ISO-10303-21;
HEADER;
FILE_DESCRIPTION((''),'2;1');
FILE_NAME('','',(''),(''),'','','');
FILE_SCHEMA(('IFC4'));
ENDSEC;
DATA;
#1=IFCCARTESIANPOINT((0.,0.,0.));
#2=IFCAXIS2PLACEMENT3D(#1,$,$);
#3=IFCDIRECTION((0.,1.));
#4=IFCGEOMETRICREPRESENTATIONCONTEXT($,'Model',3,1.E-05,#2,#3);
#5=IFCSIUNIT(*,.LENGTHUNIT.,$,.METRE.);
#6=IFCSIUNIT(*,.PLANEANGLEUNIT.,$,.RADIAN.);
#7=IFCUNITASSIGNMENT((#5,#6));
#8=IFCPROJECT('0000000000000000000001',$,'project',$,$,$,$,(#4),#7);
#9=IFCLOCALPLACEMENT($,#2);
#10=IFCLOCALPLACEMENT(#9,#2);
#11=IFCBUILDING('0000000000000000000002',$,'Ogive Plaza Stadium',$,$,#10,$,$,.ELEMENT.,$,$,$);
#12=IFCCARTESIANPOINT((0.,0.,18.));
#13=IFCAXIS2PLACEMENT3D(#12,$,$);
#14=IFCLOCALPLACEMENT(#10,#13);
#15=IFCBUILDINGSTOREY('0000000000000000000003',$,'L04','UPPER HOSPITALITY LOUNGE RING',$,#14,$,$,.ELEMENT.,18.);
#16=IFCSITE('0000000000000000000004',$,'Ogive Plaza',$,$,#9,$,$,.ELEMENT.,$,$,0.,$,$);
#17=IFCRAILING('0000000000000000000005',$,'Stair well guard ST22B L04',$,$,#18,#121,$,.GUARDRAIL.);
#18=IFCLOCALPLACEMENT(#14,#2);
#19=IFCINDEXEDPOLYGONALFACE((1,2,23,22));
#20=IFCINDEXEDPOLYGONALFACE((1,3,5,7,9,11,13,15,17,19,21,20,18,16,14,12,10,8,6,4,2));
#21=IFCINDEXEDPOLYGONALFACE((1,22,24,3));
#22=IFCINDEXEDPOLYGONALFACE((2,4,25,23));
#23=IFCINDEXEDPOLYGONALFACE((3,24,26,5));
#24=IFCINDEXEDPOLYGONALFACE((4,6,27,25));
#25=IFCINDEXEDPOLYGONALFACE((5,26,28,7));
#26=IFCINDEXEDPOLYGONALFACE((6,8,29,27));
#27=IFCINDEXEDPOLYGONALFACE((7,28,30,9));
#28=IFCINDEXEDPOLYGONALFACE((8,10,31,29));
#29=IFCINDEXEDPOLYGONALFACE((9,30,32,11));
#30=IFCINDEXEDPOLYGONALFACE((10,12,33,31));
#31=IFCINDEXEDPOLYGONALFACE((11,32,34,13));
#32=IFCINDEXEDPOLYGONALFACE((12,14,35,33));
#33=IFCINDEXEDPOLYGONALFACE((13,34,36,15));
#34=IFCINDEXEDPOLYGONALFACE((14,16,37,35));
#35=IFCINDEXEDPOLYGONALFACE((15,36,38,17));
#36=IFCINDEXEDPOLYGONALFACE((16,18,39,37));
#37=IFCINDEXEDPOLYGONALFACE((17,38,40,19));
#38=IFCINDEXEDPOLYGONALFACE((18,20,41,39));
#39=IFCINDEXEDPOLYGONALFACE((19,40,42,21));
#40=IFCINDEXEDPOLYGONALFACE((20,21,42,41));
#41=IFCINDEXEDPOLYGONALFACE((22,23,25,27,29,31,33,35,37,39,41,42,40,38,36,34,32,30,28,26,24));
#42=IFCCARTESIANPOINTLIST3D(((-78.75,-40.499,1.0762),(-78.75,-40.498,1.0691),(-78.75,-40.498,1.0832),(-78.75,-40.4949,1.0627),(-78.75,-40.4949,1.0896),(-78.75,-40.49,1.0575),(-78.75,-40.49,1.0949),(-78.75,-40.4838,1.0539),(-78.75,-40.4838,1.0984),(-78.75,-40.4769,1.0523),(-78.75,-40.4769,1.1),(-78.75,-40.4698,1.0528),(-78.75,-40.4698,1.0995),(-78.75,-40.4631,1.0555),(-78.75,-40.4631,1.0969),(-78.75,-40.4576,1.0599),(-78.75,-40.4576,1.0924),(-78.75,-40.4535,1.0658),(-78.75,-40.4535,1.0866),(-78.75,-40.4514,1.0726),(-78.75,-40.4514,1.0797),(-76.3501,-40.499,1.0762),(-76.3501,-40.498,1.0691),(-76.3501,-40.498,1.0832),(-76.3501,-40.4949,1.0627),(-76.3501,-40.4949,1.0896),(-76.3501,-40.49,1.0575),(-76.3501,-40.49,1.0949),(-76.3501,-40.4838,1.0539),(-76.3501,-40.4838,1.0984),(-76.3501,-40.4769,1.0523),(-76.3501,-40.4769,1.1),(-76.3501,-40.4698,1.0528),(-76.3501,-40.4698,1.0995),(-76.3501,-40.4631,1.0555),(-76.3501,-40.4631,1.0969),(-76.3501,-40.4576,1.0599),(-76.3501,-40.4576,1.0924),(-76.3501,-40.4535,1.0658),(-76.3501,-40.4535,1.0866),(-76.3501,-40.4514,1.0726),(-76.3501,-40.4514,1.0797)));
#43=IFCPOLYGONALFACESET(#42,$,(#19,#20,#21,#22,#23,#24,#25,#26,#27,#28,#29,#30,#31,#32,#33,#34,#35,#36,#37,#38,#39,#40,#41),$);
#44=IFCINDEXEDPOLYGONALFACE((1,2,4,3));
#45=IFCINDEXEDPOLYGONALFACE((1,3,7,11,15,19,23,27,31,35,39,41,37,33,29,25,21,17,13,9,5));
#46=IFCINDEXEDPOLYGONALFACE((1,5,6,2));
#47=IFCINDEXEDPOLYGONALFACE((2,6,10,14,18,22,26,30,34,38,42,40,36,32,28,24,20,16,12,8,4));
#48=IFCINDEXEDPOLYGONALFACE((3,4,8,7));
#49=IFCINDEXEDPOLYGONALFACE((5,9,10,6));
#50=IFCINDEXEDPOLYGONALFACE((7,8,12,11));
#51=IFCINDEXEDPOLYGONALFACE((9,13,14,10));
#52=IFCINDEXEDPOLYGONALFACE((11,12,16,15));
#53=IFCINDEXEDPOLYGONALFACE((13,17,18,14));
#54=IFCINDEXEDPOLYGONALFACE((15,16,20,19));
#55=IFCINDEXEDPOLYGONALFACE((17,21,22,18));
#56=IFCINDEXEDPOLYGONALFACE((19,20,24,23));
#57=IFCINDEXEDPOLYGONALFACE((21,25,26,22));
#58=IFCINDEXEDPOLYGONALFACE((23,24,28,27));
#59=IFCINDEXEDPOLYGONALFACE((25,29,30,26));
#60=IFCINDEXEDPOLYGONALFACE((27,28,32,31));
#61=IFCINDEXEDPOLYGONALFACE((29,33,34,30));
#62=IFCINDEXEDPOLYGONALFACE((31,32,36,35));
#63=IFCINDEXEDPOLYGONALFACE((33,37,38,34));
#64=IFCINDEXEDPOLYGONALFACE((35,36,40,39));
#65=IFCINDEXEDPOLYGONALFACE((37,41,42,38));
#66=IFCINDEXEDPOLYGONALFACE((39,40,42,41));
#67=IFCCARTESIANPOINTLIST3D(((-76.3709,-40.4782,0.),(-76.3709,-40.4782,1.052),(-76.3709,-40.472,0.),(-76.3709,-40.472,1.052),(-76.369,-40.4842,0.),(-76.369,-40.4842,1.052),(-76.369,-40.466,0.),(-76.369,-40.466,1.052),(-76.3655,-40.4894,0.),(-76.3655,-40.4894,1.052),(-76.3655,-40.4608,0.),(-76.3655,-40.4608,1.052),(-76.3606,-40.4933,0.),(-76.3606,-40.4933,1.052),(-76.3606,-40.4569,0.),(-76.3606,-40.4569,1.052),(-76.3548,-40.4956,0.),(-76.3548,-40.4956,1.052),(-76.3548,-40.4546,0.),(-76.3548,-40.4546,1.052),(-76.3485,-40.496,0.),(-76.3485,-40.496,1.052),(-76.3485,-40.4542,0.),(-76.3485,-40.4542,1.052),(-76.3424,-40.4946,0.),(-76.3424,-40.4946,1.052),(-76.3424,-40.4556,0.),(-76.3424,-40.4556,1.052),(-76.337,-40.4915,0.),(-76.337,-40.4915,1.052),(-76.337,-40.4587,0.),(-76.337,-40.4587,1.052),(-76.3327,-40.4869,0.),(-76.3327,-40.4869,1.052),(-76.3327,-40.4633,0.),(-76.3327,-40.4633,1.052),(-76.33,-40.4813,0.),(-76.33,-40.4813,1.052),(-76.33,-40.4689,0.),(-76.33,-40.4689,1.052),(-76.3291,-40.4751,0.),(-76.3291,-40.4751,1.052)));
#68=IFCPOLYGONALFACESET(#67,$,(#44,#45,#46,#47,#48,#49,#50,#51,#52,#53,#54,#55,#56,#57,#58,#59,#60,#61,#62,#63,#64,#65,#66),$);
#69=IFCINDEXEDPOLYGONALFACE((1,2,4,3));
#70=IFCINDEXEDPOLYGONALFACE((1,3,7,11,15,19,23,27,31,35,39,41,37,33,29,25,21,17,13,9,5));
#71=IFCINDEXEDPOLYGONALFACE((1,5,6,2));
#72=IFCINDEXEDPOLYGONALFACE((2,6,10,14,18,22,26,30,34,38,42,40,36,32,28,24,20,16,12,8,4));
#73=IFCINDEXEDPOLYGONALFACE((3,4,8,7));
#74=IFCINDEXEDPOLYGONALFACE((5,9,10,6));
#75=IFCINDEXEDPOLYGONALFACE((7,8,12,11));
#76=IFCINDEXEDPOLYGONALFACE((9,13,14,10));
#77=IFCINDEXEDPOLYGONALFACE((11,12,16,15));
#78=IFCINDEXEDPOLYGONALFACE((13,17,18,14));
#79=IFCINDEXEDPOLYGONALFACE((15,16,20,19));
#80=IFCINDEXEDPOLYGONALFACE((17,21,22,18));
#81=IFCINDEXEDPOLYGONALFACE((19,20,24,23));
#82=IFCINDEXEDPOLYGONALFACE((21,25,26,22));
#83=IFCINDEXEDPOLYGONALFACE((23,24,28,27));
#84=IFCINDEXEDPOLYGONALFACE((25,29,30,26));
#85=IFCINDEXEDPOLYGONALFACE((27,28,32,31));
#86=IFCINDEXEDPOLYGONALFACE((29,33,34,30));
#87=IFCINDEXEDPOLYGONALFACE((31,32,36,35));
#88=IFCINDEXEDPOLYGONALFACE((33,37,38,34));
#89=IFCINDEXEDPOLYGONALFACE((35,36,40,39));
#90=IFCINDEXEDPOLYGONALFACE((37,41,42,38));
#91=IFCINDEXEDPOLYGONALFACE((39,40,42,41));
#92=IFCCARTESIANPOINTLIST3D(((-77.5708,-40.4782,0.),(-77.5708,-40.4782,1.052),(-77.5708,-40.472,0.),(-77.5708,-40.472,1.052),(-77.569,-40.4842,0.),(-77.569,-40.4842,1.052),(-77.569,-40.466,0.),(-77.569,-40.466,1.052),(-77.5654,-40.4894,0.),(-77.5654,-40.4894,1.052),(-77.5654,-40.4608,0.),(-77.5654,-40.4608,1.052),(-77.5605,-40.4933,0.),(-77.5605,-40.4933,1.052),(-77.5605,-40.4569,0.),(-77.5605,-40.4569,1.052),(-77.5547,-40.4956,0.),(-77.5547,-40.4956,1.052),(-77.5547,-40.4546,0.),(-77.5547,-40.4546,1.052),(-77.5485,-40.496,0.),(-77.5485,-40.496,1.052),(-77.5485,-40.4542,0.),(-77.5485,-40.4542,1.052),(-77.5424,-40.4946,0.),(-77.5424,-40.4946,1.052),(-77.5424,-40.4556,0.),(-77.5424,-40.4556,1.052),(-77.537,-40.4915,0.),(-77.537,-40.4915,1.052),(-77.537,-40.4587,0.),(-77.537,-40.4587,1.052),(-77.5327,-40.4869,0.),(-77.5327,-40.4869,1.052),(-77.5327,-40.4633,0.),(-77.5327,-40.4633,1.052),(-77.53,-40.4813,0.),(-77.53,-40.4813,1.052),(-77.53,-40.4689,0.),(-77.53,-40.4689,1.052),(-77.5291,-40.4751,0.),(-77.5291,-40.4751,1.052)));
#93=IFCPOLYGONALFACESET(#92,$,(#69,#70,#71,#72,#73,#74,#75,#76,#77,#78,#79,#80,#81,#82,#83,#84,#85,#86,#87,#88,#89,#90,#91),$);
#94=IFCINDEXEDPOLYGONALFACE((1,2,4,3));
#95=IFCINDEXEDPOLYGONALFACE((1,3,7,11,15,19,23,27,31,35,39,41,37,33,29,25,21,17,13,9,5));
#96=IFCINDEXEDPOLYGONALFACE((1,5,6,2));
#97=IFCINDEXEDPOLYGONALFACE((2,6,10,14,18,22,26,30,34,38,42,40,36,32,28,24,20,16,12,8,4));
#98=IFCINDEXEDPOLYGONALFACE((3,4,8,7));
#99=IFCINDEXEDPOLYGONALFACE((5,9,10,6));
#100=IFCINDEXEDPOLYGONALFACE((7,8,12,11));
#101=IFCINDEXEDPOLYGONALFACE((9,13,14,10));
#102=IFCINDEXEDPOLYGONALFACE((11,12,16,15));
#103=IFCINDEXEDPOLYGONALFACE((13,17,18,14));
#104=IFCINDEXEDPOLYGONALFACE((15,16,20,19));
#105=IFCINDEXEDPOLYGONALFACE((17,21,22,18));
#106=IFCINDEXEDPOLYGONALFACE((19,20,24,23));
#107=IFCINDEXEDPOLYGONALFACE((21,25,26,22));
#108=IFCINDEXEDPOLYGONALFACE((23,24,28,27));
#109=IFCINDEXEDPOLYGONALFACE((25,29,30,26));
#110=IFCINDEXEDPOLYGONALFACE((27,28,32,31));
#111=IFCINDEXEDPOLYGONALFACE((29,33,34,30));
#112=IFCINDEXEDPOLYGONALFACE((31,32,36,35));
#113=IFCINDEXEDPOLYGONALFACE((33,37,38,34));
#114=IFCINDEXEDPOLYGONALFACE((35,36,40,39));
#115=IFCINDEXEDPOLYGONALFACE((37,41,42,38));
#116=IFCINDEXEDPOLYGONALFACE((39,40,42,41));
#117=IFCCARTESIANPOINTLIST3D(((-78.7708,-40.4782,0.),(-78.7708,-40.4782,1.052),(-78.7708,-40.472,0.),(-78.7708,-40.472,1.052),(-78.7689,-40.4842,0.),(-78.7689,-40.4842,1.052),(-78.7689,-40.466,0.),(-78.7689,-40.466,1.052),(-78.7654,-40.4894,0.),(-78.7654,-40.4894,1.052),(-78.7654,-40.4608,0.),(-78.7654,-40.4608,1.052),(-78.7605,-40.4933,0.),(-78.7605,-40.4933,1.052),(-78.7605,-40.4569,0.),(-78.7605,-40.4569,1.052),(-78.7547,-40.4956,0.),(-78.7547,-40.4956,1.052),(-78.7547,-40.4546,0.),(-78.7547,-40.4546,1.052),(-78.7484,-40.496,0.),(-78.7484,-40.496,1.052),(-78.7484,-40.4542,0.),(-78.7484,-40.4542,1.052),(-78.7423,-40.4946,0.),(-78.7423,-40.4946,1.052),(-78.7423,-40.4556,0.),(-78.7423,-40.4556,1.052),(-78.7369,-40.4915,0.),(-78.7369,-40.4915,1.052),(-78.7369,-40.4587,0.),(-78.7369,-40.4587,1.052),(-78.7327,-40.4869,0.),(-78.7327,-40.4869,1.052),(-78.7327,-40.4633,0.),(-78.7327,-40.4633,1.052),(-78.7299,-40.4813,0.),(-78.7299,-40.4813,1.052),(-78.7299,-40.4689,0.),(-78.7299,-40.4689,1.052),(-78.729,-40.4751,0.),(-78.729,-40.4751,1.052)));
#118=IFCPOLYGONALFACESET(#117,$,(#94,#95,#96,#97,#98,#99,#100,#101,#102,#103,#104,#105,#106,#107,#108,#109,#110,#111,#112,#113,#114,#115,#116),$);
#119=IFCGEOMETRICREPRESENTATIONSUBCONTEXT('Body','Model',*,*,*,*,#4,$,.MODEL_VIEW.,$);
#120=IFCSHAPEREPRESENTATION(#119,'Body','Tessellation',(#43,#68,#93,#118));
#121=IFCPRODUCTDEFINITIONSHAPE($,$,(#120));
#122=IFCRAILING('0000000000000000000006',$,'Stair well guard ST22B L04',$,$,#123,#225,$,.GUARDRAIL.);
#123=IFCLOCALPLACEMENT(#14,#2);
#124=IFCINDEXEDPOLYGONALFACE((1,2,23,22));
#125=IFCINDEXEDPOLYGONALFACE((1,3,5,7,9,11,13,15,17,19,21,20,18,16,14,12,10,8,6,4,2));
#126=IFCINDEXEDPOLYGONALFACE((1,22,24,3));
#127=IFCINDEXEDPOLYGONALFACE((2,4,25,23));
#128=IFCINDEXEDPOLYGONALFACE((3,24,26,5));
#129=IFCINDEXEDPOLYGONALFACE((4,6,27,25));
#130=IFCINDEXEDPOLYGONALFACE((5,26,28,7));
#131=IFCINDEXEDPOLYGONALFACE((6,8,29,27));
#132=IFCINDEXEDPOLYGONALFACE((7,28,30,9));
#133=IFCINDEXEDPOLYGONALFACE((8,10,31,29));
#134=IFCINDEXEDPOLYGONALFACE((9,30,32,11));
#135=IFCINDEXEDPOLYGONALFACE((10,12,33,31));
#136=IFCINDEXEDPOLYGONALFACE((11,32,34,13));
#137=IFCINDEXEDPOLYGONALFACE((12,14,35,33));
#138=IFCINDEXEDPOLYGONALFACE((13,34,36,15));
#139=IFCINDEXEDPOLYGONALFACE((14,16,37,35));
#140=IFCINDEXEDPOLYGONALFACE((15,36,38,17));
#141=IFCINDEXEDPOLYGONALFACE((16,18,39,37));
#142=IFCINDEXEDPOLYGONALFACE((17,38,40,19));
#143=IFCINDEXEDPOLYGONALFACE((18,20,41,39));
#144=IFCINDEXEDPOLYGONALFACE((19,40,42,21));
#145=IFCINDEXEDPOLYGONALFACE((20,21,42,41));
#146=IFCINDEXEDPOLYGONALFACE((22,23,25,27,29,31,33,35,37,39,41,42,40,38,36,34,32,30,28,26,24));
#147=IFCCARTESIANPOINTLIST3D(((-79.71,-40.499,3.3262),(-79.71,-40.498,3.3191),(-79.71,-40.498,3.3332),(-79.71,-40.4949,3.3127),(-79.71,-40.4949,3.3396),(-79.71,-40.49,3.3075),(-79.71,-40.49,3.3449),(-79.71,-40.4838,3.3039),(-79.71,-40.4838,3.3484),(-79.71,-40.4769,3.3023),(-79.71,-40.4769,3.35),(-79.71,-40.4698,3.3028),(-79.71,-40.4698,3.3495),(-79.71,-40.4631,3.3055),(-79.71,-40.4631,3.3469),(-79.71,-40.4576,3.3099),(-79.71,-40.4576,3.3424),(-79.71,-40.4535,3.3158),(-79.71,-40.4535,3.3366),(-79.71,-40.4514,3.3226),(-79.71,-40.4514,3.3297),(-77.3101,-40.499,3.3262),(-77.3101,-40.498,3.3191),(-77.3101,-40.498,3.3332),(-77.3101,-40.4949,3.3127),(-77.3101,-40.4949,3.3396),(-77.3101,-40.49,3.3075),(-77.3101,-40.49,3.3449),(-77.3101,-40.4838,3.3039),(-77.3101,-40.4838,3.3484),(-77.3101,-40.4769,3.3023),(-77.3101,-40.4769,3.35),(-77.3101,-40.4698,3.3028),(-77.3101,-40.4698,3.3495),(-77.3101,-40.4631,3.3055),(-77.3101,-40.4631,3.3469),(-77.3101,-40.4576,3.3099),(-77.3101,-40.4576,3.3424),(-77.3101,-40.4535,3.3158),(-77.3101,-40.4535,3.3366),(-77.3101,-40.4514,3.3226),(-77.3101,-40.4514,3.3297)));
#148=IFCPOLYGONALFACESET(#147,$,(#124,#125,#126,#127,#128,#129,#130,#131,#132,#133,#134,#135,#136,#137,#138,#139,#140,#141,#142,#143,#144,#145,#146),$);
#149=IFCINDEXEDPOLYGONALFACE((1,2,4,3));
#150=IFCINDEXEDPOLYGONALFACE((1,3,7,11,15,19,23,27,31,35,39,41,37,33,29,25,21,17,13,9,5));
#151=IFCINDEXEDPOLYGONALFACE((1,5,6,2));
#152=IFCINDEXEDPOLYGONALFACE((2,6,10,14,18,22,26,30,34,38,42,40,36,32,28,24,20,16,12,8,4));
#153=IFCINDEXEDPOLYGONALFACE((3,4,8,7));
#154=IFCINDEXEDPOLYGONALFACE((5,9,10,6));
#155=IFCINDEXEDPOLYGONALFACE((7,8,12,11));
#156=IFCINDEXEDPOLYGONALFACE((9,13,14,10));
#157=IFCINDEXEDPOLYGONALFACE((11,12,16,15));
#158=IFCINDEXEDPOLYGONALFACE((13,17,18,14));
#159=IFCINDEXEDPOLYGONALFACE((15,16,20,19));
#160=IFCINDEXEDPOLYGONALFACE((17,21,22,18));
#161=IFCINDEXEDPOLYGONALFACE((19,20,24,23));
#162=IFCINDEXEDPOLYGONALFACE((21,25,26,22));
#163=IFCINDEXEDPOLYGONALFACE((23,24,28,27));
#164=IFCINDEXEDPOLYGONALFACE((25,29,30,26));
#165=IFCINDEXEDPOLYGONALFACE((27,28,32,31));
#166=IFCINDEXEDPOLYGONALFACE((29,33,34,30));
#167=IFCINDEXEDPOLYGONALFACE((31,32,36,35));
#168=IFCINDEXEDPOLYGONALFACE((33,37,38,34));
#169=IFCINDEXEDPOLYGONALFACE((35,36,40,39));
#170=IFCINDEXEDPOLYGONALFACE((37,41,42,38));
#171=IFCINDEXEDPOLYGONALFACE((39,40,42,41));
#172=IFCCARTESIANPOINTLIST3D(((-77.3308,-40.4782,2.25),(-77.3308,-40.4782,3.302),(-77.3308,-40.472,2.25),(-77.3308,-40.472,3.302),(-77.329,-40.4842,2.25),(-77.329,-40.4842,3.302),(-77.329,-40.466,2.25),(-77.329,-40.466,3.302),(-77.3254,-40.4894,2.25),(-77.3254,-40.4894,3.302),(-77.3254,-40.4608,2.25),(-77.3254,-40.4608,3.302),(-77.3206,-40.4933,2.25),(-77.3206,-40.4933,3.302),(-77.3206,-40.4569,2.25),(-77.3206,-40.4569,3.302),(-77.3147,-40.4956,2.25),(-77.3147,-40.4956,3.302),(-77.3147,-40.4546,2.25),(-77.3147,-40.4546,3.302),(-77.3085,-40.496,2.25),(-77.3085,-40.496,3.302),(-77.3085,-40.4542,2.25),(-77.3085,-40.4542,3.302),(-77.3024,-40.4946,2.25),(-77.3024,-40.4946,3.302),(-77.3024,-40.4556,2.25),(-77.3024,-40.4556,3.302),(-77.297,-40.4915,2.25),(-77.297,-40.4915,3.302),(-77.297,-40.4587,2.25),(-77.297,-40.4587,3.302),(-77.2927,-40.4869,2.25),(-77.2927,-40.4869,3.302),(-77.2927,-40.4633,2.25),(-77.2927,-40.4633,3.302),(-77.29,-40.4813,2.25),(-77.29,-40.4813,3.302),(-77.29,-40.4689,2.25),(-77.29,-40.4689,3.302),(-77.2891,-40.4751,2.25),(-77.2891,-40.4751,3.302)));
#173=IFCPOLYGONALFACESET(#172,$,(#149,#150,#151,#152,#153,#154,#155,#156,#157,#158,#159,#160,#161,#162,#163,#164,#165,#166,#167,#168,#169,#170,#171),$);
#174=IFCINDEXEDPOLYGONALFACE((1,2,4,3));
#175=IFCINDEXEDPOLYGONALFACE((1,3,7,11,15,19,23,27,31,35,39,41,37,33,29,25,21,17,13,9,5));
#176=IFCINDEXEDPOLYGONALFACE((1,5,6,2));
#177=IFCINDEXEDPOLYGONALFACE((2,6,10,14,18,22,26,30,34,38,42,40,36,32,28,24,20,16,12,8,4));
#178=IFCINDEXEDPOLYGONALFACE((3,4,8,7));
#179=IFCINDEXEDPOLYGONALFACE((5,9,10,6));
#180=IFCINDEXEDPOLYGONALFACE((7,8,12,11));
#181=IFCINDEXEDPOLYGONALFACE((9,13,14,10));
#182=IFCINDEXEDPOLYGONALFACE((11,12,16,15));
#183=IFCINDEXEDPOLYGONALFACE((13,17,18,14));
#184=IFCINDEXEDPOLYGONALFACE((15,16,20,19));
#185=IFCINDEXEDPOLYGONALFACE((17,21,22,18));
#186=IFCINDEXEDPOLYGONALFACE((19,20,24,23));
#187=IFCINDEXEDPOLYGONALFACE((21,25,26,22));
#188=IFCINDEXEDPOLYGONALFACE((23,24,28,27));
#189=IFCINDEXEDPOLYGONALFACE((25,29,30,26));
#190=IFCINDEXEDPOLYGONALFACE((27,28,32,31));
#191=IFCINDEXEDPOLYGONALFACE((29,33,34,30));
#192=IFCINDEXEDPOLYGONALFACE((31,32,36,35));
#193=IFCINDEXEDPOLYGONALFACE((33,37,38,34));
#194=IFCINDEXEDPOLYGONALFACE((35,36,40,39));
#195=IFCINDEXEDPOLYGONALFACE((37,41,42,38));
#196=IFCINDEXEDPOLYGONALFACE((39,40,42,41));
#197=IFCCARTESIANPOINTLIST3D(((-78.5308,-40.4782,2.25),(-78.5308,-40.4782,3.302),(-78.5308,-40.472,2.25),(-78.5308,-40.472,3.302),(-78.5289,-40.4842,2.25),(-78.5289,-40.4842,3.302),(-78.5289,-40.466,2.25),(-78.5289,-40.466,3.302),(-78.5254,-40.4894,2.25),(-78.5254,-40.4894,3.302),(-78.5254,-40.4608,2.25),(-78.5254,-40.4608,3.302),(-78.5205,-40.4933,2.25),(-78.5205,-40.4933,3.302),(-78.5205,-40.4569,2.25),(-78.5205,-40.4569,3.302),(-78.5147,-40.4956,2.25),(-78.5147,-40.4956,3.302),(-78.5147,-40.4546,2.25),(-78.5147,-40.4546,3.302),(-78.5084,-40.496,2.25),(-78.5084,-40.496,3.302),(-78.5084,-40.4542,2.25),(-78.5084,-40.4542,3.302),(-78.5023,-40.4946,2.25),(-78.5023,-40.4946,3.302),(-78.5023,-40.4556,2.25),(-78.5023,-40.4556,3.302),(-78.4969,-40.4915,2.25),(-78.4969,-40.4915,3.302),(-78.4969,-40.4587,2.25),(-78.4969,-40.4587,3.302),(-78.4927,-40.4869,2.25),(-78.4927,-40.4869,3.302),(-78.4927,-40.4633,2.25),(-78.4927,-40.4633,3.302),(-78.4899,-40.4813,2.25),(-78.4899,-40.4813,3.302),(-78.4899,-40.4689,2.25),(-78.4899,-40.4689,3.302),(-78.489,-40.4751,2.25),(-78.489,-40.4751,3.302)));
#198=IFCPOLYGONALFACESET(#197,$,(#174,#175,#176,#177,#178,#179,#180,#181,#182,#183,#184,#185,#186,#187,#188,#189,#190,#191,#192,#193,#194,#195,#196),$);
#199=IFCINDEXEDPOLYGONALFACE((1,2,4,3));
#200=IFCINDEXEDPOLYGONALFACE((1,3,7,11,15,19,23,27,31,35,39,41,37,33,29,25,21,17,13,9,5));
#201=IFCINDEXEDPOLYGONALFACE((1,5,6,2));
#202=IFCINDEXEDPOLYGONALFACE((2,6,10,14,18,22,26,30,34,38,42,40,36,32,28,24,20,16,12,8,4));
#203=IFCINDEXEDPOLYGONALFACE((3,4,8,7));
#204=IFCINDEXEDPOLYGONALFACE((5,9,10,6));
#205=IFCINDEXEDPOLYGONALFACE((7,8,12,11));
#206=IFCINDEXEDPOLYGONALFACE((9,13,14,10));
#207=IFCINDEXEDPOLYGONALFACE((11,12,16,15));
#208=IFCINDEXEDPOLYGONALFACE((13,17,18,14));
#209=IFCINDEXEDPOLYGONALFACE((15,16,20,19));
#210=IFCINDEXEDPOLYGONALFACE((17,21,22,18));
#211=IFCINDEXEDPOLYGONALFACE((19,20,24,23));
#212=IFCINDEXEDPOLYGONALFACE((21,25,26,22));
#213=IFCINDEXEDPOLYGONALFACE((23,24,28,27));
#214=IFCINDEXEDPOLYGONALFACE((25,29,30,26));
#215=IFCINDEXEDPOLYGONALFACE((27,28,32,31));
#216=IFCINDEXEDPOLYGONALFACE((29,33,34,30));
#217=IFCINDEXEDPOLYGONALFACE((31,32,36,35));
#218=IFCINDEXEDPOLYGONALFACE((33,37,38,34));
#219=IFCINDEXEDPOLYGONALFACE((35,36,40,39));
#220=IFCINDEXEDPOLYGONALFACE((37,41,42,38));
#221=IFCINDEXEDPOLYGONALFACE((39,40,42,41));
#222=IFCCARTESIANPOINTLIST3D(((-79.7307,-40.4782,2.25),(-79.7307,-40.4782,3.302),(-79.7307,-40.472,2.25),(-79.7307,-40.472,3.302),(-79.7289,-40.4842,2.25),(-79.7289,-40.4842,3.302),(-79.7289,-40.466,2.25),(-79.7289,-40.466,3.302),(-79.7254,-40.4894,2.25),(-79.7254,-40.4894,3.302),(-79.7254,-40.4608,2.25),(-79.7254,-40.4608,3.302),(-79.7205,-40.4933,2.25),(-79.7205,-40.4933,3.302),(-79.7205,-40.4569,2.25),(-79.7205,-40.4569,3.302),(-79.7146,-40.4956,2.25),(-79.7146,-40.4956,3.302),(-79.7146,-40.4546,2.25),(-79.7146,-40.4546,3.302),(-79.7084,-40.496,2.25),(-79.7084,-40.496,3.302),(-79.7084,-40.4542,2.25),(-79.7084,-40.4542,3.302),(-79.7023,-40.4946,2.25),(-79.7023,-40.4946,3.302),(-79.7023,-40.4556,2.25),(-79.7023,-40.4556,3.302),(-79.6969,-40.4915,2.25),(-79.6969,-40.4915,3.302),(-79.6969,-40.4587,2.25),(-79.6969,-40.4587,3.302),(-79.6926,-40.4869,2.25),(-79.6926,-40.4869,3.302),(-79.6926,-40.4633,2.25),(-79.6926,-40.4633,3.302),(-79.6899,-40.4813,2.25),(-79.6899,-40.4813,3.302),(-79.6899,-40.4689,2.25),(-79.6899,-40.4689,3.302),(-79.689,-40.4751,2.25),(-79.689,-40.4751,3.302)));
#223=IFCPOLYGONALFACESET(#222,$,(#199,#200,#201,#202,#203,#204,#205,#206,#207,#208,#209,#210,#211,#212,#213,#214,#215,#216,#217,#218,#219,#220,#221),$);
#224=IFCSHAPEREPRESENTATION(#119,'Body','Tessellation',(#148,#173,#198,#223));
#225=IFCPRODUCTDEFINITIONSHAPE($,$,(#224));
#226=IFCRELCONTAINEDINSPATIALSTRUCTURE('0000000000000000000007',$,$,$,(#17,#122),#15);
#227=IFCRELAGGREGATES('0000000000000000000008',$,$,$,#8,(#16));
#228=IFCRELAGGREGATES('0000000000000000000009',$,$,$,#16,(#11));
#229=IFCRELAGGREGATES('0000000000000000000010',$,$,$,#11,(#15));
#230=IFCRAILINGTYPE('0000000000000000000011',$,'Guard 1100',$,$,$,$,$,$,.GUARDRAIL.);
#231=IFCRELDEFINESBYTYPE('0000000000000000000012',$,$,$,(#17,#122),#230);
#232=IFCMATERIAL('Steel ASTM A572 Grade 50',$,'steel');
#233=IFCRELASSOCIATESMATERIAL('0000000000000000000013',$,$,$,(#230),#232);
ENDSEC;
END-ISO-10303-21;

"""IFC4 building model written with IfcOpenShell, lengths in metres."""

from ifc_helpers import new_model, si_unit, direction, frame, origin, origin_2d, place, context, subcontext, project, spatial, circle, extrude, material, type_object, element, save


model = new_model("IFC4")

# Units and contexts
model_context = context("Model", 3, precision=1e-05, world=origin(), true_north=direction((0.0, 1.0)))
body_context = subcontext(model_context, "Body", "Model", "MODEL_VIEW")
ifc_project = project(units=[si_unit("LENGTHUNIT", "METRE"), si_unit("PLANEANGLEUNIT", "RADIAN")], contexts=[model_context])

# Site, building, storey
site_placement = place(None, origin())
site = spatial("IfcSite", under=ifc_project, at=site_placement, Name="Ogive Plaza", CompositionType="ELEMENT", RefElevation=0.0)
building_placement = place(site_placement, origin())
building = spatial("IfcBuilding", under=site, at=building_placement, Name="Ogive Plaza Stadium", CompositionType="ELEMENT")
storey_placement = place(building_placement, frame((0.0, 0.0, 18.0)))
storey = spatial("IfcBuildingStorey", under=building, at=storey_placement, Name="L04", Description="UPPER HOSPITALITY LOUNGE RING", CompositionType="ELEMENT", Elevation=18.0)

# Railings
ifc_material_1 = material(Name="Steel ASTM A572 Grade 50", Category="steel")
railing_type_1 = type_object("IfcRailingType", Name="Guard 1100", PredefinedType="GUARDRAIL", material=ifc_material_1)
for number, where, name in (
    (1, (-76.3501, -40.4751, 0.0), "Stair well guard ST22B L04"),
    (2, (-77.3101, -40.4751, 2.25), "Stair well guard ST22B L04"),
):
    element("IfcRailing", number, at=place(storey_placement, frame(where)), inside=storey, type_object=railing_type_1, Name=name, PredefinedType="GUARDRAIL", context=body_context, shape_type="SweptSolid", body=[
        extrude(circle(Radius=0.0239, at=origin_2d()), frame((0.0, 0.0, 1.0762), z_axis=(-1.0, 0.0, 0.0), x_axis=(0.0, -1.0, 0.0)), (0.0, 0.0, 1.0), 2.3999),
        extrude(circle(Radius=0.021, at=origin_2d()), origin(), (0.0, 0.0, 1.0), 1.052),
        extrude(circle(Radius=0.021, at=origin_2d()), frame((-1.2, 0.0, 0.0)), (0.0, 0.0, 1.0), 1.052),
        extrude(circle(Radius=0.021, at=origin_2d()), frame((-2.3999, 0.0, 0.0)), (0.0, 0.0, 1.0), 1.052),
    ])

save(model, "model.ifc")
